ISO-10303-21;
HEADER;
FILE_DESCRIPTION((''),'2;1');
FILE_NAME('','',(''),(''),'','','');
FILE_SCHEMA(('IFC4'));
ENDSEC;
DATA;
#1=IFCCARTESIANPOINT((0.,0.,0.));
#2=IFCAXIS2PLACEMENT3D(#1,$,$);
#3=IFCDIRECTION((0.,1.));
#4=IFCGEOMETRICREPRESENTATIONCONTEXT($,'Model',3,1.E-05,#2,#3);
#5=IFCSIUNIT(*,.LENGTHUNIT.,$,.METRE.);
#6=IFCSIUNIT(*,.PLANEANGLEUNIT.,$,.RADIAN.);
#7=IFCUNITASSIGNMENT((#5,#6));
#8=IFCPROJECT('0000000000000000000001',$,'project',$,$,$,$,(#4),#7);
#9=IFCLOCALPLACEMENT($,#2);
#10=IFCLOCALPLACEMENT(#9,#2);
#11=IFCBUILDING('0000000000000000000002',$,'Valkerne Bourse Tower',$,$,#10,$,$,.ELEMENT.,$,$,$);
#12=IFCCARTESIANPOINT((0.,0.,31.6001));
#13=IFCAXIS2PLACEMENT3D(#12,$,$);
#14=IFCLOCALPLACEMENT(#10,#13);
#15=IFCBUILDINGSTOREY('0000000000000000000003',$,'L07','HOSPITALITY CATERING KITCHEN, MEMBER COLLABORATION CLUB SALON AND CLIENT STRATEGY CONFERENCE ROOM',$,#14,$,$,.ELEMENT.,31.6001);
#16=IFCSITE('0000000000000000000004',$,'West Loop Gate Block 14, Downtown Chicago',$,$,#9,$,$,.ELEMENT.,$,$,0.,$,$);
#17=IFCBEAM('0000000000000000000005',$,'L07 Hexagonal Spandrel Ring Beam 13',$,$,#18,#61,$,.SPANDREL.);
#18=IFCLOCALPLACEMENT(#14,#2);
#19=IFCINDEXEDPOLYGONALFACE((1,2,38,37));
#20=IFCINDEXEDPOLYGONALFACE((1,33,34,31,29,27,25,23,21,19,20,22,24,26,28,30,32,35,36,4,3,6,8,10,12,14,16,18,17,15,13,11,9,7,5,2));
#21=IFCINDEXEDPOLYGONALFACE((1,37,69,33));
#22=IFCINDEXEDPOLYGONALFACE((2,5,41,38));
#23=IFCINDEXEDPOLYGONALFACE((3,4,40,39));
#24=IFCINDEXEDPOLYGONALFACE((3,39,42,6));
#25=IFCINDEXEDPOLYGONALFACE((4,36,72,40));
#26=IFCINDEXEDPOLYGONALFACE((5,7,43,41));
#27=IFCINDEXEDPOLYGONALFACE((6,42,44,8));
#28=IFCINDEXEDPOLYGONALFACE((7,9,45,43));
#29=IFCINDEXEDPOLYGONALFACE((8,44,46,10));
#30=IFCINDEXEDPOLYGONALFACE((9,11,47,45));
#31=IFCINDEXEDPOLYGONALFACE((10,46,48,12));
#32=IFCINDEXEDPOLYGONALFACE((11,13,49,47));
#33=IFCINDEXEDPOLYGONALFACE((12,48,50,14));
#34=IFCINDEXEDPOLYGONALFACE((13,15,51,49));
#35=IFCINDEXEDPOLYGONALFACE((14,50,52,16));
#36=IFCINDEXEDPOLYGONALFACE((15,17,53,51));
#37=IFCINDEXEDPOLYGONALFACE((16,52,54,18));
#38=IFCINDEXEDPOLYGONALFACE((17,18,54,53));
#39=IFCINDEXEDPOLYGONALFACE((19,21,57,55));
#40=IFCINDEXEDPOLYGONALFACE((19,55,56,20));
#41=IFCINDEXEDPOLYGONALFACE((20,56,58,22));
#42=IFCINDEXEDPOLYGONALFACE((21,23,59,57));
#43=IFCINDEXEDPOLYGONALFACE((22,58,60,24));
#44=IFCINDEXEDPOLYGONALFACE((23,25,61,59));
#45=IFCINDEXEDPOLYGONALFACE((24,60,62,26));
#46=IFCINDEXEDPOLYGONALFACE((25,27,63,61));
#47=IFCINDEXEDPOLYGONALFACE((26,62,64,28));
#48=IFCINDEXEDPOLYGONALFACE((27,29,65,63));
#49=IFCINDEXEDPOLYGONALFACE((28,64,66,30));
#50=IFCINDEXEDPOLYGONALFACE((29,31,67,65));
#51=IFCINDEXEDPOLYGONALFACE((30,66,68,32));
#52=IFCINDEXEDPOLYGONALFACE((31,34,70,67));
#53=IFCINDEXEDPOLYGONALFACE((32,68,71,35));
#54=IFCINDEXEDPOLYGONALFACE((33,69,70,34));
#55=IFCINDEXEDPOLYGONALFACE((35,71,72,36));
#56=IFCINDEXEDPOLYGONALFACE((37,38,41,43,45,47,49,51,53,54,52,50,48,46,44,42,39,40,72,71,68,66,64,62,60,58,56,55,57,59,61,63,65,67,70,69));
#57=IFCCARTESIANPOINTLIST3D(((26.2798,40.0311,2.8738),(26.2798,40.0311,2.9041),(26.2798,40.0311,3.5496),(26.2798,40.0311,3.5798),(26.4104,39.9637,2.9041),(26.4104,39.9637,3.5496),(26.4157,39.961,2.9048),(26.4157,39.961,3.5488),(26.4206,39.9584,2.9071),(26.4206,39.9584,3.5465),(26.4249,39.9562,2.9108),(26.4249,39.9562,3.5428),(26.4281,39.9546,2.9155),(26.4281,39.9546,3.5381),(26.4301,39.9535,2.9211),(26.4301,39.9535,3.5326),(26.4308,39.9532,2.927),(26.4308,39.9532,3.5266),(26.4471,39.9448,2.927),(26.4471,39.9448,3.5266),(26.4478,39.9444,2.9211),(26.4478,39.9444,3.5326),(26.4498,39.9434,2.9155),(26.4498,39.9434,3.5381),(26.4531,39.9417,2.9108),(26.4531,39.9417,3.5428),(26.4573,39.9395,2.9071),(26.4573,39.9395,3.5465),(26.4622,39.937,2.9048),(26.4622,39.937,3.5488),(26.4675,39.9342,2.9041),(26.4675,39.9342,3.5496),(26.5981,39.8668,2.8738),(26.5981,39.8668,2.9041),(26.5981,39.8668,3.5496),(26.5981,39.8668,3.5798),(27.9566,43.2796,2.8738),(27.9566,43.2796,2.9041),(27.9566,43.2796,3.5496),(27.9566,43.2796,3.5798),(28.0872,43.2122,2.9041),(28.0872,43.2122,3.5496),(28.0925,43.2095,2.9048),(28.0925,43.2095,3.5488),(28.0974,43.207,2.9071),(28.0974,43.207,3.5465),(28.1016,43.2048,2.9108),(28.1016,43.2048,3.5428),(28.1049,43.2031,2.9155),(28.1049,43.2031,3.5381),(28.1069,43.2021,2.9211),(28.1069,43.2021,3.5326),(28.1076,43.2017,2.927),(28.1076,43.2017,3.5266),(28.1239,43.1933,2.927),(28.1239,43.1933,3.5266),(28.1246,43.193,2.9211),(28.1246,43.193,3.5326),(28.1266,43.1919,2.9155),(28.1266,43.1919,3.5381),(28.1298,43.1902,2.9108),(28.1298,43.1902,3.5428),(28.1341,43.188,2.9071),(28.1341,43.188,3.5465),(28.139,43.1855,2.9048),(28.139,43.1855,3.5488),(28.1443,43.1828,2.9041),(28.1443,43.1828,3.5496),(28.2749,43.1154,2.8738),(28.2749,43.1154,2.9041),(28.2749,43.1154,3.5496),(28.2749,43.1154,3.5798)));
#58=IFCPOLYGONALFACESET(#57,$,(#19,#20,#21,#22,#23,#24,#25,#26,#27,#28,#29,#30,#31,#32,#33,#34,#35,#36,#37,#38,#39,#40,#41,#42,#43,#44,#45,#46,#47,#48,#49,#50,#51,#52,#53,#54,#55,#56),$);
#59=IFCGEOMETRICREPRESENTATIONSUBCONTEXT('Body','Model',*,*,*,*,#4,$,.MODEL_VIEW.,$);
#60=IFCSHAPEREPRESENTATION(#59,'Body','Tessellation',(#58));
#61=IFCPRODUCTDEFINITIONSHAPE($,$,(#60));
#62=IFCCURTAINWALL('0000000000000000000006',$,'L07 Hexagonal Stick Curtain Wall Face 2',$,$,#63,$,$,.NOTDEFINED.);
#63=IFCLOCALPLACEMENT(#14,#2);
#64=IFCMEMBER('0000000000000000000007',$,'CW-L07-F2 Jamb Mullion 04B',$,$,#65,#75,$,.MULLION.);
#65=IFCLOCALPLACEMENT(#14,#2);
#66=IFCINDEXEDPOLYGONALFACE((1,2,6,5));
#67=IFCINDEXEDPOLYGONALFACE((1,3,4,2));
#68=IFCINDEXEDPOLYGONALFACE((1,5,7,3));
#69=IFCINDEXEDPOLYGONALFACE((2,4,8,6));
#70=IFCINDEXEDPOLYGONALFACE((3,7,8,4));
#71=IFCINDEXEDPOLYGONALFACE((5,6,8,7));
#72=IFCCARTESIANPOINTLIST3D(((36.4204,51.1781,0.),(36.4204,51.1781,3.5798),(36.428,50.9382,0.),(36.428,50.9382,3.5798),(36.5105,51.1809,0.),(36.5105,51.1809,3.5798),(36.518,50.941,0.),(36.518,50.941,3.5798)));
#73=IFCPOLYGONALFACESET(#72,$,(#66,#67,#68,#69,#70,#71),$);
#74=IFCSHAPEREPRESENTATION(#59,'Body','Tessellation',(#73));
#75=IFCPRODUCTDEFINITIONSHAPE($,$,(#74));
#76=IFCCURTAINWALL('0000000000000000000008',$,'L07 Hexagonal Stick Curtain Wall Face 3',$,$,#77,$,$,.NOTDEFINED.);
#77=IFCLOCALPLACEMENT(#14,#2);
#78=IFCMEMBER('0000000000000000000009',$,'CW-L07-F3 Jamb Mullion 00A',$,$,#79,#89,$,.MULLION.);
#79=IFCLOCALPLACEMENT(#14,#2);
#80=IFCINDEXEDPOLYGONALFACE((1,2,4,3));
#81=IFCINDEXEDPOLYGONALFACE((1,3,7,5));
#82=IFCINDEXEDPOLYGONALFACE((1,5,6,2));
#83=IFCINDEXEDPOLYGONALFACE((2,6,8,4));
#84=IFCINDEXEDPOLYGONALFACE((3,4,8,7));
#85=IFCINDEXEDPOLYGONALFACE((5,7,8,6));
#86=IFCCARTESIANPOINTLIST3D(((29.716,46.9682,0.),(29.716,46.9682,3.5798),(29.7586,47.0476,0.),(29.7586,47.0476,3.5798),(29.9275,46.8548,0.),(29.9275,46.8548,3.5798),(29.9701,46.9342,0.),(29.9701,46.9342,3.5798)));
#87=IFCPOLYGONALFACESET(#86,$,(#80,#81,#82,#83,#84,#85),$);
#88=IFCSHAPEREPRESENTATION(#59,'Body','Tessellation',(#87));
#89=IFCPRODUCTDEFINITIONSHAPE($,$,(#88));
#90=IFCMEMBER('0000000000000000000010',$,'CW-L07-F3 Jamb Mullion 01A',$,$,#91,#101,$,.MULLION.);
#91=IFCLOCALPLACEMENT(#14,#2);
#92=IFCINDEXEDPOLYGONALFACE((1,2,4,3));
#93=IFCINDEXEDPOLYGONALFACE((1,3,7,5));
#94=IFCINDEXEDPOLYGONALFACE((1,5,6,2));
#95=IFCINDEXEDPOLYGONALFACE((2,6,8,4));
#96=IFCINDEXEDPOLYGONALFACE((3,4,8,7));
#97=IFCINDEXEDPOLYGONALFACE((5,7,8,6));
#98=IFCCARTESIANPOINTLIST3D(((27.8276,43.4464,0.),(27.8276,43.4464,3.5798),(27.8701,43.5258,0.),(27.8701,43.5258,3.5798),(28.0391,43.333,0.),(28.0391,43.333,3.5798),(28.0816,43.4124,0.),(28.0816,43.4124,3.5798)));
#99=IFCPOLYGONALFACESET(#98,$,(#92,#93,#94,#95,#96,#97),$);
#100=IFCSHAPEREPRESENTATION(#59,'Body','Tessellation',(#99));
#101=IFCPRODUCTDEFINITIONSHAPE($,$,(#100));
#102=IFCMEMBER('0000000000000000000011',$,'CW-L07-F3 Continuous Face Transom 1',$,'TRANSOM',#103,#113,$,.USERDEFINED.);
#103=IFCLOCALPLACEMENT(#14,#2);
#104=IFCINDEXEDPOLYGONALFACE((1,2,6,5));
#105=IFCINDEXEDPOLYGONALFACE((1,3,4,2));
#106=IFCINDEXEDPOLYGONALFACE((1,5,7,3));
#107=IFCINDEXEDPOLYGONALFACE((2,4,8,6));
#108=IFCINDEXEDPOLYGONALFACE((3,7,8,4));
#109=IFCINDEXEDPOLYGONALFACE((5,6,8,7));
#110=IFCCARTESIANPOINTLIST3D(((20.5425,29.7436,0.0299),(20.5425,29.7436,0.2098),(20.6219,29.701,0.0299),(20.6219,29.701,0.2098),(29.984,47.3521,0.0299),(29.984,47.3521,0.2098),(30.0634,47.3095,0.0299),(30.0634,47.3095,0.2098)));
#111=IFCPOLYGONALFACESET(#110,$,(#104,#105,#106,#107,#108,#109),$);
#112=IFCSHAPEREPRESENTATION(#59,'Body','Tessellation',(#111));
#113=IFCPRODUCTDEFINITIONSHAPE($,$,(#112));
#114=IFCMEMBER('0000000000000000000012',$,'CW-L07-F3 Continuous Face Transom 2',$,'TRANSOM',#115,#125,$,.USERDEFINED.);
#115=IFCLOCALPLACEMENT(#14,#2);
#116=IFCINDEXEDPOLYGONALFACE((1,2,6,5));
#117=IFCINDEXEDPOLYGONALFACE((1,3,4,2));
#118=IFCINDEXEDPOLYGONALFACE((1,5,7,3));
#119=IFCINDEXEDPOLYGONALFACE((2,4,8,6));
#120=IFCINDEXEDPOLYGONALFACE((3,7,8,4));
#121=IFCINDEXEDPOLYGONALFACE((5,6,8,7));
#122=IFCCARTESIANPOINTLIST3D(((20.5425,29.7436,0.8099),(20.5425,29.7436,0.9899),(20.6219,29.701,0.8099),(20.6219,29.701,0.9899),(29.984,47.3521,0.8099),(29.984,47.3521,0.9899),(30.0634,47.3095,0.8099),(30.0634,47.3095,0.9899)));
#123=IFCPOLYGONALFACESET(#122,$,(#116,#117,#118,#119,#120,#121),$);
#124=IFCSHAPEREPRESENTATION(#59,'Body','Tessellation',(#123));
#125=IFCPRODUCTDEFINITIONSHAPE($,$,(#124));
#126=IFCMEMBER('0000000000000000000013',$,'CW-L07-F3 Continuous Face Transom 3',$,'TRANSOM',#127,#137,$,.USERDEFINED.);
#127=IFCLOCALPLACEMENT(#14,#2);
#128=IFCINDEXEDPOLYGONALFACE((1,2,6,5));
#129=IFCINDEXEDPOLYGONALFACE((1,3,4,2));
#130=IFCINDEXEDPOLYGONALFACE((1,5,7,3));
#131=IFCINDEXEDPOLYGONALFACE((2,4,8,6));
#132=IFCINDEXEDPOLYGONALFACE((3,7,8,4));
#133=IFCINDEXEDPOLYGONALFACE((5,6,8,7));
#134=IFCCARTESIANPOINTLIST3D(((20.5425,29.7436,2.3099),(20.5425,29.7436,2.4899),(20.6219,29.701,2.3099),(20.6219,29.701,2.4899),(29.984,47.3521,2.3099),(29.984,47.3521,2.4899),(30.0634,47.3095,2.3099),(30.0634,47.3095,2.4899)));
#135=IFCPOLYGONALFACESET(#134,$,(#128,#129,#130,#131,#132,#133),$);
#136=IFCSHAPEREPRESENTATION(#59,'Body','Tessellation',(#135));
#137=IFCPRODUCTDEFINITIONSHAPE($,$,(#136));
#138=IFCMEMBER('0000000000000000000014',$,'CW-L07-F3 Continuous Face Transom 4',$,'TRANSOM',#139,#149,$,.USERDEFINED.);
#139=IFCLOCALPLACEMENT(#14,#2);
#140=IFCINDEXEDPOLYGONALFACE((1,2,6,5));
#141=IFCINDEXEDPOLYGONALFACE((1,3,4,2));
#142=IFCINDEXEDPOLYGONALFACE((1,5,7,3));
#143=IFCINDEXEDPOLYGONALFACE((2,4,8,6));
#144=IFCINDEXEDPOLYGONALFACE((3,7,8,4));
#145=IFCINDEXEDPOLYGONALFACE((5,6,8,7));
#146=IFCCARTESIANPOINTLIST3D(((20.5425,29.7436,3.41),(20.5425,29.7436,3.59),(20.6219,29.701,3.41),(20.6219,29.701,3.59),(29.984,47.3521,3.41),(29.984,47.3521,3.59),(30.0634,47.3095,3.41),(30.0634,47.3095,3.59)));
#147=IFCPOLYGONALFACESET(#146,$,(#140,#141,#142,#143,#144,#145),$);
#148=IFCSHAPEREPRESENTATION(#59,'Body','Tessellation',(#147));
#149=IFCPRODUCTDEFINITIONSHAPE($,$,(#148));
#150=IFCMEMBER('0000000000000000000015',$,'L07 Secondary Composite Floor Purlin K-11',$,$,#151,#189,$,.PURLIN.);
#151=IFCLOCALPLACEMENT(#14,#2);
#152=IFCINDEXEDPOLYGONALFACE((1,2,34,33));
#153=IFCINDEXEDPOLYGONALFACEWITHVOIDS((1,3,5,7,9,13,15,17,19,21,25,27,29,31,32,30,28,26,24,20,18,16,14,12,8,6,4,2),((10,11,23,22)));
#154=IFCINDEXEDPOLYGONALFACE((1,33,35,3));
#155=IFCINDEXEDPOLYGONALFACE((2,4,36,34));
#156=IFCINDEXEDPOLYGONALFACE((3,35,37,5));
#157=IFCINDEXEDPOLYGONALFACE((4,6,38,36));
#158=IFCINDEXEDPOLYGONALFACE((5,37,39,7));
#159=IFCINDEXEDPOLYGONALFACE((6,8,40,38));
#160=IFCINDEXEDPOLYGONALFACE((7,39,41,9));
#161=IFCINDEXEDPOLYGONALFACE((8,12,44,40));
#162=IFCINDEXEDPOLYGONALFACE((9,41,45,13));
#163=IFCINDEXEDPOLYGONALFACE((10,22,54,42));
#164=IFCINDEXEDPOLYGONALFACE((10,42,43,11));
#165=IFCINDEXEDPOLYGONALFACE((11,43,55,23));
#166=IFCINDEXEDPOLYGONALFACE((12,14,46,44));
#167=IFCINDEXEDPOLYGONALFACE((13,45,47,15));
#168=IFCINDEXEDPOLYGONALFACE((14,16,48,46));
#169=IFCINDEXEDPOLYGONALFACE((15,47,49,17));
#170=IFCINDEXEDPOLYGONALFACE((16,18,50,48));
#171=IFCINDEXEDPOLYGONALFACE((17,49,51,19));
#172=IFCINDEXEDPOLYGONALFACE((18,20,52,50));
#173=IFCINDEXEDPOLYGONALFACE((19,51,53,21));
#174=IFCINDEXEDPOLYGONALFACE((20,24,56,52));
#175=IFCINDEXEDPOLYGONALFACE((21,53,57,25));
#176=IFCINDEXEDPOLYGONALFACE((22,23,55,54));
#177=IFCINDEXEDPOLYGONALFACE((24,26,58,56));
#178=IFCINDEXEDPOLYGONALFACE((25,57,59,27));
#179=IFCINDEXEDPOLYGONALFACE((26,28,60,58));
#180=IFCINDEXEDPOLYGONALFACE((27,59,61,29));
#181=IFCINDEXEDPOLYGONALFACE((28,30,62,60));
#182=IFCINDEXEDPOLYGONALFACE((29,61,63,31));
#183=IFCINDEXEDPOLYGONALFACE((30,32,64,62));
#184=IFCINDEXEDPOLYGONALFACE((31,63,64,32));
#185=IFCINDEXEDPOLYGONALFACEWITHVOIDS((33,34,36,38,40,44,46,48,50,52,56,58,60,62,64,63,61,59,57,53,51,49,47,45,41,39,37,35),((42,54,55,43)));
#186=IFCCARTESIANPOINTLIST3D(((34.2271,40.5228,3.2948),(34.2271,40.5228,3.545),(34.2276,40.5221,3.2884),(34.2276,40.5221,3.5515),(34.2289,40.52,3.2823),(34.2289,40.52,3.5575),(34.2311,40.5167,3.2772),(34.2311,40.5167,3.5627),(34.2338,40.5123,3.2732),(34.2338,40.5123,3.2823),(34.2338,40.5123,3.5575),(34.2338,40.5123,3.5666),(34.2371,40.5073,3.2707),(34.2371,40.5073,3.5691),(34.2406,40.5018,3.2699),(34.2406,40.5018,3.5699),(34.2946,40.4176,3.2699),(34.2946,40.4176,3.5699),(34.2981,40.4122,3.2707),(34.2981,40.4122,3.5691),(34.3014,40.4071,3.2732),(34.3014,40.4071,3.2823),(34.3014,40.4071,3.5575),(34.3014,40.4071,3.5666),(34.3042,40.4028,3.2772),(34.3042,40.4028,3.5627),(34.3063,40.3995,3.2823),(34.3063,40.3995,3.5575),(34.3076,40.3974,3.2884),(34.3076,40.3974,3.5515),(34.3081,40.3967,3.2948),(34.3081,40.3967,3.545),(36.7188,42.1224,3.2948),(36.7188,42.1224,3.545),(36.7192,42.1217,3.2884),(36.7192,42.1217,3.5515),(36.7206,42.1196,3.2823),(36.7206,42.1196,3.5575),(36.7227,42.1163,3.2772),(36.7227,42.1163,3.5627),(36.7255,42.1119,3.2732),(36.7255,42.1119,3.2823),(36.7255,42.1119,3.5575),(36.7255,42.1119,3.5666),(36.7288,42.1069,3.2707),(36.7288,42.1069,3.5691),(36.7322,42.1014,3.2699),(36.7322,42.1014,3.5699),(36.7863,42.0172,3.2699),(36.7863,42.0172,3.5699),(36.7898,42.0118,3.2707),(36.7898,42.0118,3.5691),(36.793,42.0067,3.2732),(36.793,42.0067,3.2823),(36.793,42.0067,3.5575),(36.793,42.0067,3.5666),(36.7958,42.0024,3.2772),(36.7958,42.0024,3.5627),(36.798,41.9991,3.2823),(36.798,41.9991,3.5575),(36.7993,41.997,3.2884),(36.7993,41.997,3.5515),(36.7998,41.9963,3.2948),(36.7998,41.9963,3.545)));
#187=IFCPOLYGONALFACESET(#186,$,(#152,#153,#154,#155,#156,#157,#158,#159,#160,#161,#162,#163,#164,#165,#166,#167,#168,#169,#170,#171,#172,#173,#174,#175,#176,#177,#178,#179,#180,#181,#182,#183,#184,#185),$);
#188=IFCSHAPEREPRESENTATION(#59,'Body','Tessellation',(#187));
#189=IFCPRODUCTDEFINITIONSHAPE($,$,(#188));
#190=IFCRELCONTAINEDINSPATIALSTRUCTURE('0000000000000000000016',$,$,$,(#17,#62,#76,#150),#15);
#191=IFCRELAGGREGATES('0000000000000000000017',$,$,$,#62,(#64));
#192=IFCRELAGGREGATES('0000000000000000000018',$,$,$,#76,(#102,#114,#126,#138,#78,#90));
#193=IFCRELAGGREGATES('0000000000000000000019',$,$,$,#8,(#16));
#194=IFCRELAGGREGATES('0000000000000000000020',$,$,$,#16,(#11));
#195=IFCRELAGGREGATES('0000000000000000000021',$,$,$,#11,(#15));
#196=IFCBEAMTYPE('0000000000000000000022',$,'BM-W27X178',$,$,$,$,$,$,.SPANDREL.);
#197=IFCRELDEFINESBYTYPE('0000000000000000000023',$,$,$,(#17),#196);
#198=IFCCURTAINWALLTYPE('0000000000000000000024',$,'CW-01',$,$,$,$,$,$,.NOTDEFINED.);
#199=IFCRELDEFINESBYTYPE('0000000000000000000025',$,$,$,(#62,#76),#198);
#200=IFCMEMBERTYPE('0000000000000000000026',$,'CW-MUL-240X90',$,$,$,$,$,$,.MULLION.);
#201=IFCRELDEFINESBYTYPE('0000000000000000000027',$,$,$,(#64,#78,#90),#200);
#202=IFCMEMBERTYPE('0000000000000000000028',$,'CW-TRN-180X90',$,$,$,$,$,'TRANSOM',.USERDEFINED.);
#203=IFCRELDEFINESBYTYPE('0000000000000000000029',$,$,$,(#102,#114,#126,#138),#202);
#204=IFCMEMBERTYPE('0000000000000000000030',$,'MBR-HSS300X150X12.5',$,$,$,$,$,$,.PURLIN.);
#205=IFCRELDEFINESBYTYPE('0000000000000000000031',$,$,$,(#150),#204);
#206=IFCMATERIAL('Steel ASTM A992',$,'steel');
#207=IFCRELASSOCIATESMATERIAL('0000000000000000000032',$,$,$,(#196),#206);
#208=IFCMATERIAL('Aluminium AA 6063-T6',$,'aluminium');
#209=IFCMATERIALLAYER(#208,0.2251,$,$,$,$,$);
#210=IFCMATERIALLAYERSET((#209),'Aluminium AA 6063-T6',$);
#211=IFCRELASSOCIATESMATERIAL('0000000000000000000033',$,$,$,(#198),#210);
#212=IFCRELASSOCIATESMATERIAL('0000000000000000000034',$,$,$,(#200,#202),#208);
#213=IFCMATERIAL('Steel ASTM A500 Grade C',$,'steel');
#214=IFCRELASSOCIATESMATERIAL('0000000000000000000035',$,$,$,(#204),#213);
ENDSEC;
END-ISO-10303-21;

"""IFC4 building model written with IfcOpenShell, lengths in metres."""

from ifc_helpers import new_model, si_unit, direction, frame, origin, origin_2d, place, context, subcontext, project, spatial, rectangle, hollow_rectangle, i_section, extrude, material, layer, layer_set, material_profile, profile_set, type_object, element, aggregate, save


model = new_model("IFC4")

# Units and contexts
model_context = context("Model", 3, precision=1e-05, world=origin(), true_north=direction((0.0, 1.0)))
body_context = subcontext(model_context, "Body", "Model", "MODEL_VIEW")
ifc_project = project(units=[si_unit("LENGTHUNIT", "METRE"), si_unit("PLANEANGLEUNIT", "RADIAN")], contexts=[model_context])

# Site, building, storey
site_placement = place(None, origin())
site = spatial("IfcSite", under=ifc_project, at=site_placement, Name="West Loop Gate Block 14, Downtown Chicago", CompositionType="ELEMENT", RefElevation=0.0)
building_placement = place(site_placement, origin())
building = spatial("IfcBuilding", under=site, at=building_placement, Name="Valkerne Bourse Tower", CompositionType="ELEMENT")
storey_placement = place(building_placement, frame((0.0, 0.0, 31.6001)))
storey = spatial("IfcBuildingStorey", under=building, at=storey_placement, Name="L07", Description="HOSPITALITY CATERING KITCHEN, MEMBER COLLABORATION CLUB SALON AND CLIENT STRATEGY CONFERENCE ROOM", CompositionType="ELEMENT", Elevation=31.6001)

# Beam
ifc_material_1 = material(Name="Steel ASTM A992", Category="steel")
ifc_material_profile_1 = material_profile(ifc_material_1, i_section(OverallWidth=0.3582, OverallDepth=0.7061, WebThickness=0.0183, FlangeThickness=0.0303, FilletRadius=0.0229, at=origin_2d()), Name="W27X178")
ifc_profile_set_1 = profile_set([ifc_material_profile_1], Name="Steel ASTM A992")
beam_type_1 = type_object("IfcBeamType", Name="BM-W27X178", PredefinedType="SPANDREL", material=ifc_profile_set_1)
beam_1_placement = place(storey_placement, frame((28.1157, 43.1975, 3.2268), z_axis=(-0.458663, -0.88861, 0.0), x_axis=(0.88861, -0.458663, 0.0)))
element("IfcBeam", 1, at=beam_1_placement, inside=storey, type_object=beam_type_1, Name="L07 Hexagonal Spandrel Ring Beam 13", PredefinedType="SPANDREL", context=body_context, shape_type="SweptSolid", body=[
    extrude(i_section(OverallWidth=0.3582, OverallDepth=0.7061, WebThickness=0.0183, FlangeThickness=0.0303, FilletRadius=0.0229, at=origin_2d()), origin(), (0.0, 0.0, 1.0), 3.6558),
])

# Curtain wall, member
ifc_material_2 = material(Name="Aluminium AA 6063-T6", Category="aluminium")
ifc_layer_1 = layer(ifc_material_2, 0.2251)
ifc_layer_set_1 = layer_set([ifc_layer_1], Name="Aluminium AA 6063-T6")
curtain_wall_type = type_object("IfcCurtainWallType", Name="CW-01", PredefinedType="NOTDEFINED", material=ifc_layer_set_1)
curtain_wall_1_placement = place(storey_placement, origin())
curtain_wall_1 = element("IfcCurtainWall", 2, at=curtain_wall_1_placement, inside=storey, type_object=curtain_wall_type, Name="L07 Hexagonal Stick Curtain Wall Face 2", PredefinedType="NOTDEFINED")
ifc_material_profile_2 = material_profile(ifc_material_2, rectangle(XDim=0.0901, YDim=0.24, at=origin_2d()), Name="CWM-90X240")
ifc_profile_set_2 = profile_set([ifc_material_profile_2], Name="Aluminium AA 6063-T6")
member_type_1 = type_object("IfcMemberType", Name="CW-MUL-240X90", PredefinedType="MULLION", material=ifc_profile_set_2)
member_1_placement = place(storey_placement, frame((36.4692, 51.0596, 0.0), z_axis=(0.0, 0.0, 1.0), x_axis=(-0.999507, -0.031407, 0.0)))
member_1 = element("IfcMember", 3, at=member_1_placement, type_object=member_type_1, Name="CW-L07-F2 Jamb Mullion 04B", PredefinedType="MULLION", context=body_context, shape_type="SweptSolid", body=[
    extrude(rectangle(XDim=0.0901, YDim=0.24, at=origin_2d()), origin(), (0.0, 0.0, 1.0), 3.5798),
])
aggregate(curtain_wall_1, [member_1])

# Curtain wall, members
curtain_wall_2_placement = place(storey_placement, origin())
curtain_wall_2 = element("IfcCurtainWall", 4, at=curtain_wall_2_placement, inside=storey, type_object=curtain_wall_type, Name="L07 Hexagonal Stick Curtain Wall Face 3", PredefinedType="NOTDEFINED")
member_2_placement = place(storey_placement, frame((29.843, 46.9512, 0.0), z_axis=(0.0, 0.0, 1.0), x_axis=(-0.472547, -0.881305, 0.0)))
member_2 = element("IfcMember", 5, at=member_2_placement, type_object=member_type_1, Name="CW-L07-F3 Jamb Mullion 00A", PredefinedType="MULLION", context=body_context, shape_type="SweptSolid", body=[
    extrude(rectangle(XDim=0.0901, YDim=0.24, at=origin_2d()), origin(), (0.0, 0.0, 1.0), 3.5798),
])
member_3_placement = place(storey_placement, frame((27.9546, 43.4294, 0.0), z_axis=(0.0, 0.0, 1.0), x_axis=(-0.472547, -0.881305, 0.0)))
member_3 = element("IfcMember", 6, at=member_3_placement, type_object=member_type_1, Name="CW-L07-F3 Jamb Mullion 01A", PredefinedType="MULLION", context=body_context, shape_type="SweptSolid", body=[
    extrude(rectangle(XDim=0.0901, YDim=0.24, at=origin_2d()), origin(), (0.0, 0.0, 1.0), 3.5798),
])
ifc_material_profile_3 = material_profile(ifc_material_2, rectangle(XDim=0.0901, YDim=0.1799, at=origin_2d()), Name="CWT-90X180")
ifc_profile_set_3 = profile_set([ifc_material_profile_3], Name="Aluminium AA 6063-T6")
member_type_2 = type_object("IfcMemberType", Name="CW-TRN-180X90", ElementType="TRANSOM", PredefinedType="USERDEFINED", material=ifc_profile_set_3)
member_4_placement = place(storey_placement, frame((30.0237, 47.3308, 0.1199), z_axis=(-0.472546, -0.881306, 0.0), x_axis=(0.881306, -0.472546, 0.0)))
member_4 = element("IfcMember", 7, at=member_4_placement, type_object=member_type_2, Name="CW-L07-F3 Continuous Face Transom 1", ObjectType="TRANSOM", PredefinedType="USERDEFINED", context=body_context, shape_type="SweptSolid", body=[
    extrude(rectangle(XDim=0.0901, YDim=0.1799, at=origin_2d()), origin(), (0.0, 0.0, 1.0), 19.98),
])
member_5_placement = place(storey_placement, frame((30.0237, 47.3308, 0.8999), z_axis=(-0.472546, -0.881306, 0.0), x_axis=(0.881306, -0.472546, 0.0)))
member_5 = element("IfcMember", 8, at=member_5_placement, type_object=member_type_2, Name="CW-L07-F3 Continuous Face Transom 2", ObjectType="TRANSOM", PredefinedType="USERDEFINED", context=body_context, shape_type="SweptSolid", body=[
    extrude(rectangle(XDim=0.0901, YDim=0.1799, at=origin_2d()), origin(), (0.0, 0.0, 1.0), 19.98),
])
member_6_placement = place(storey_placement, frame((30.0237, 47.3308, 2.3999), z_axis=(-0.472546, -0.881306, 0.0), x_axis=(0.881306, -0.472546, 0.0)))
member_6 = element("IfcMember", 9, at=member_6_placement, type_object=member_type_2, Name="CW-L07-F3 Continuous Face Transom 3", ObjectType="TRANSOM", PredefinedType="USERDEFINED", context=body_context, shape_type="SweptSolid", body=[
    extrude(rectangle(XDim=0.0901, YDim=0.1799, at=origin_2d()), origin(), (0.0, 0.0, 1.0), 19.98),
])
member_7_placement = place(storey_placement, frame((30.0237, 47.3308, 3.5), z_axis=(-0.472546, -0.881306, 0.0), x_axis=(0.881306, -0.472546, 0.0)))
member_7 = element("IfcMember", 10, at=member_7_placement, type_object=member_type_2, Name="CW-L07-F3 Continuous Face Transom 4", ObjectType="TRANSOM", PredefinedType="USERDEFINED", context=body_context, shape_type="SweptSolid", body=[
    extrude(rectangle(XDim=0.0901, YDim=0.1799, at=origin_2d()), origin(), (0.0, 0.0, 1.0), 19.98),
])

# Member
ifc_material_3 = material(Name="Steel ASTM A500 Grade C", Category="steel")
ifc_material_profile_4 = material_profile(ifc_material_3, hollow_rectangle(XDim=0.1499, YDim=0.3, WallThickness=0.0125, OuterFilletRadius=0.0249, at=origin_2d()), Name="HSS300X150X12.5")
ifc_profile_set_4 = profile_set([ifc_material_profile_4], Name="Steel ASTM A500 Grade C")
member_type_3 = type_object("IfcMemberType", Name="MBR-HSS300X150X12.5", PredefinedType="PURLIN", material=ifc_profile_set_4)
member_8_placement = place(storey_placement, frame((36.7593, 42.0593, 3.4199), z_axis=(-0.841516, -0.540232, 0.0), x_axis=(0.540232, -0.841516, 0.0)))
element("IfcMember", 11, at=member_8_placement, inside=storey, type_object=member_type_3, Name="L07 Secondary Composite Floor Purlin K-11", PredefinedType="PURLIN", context=body_context, shape_type="SweptSolid", body=[
    extrude(hollow_rectangle(XDim=0.1499, YDim=0.3, WallThickness=0.0125, OuterFilletRadius=0.0249, at=origin_2d()), origin(), (0.0, 0.0, 1.0), 2.9609),
])

aggregate(curtain_wall_2, [member_4, member_5, member_6, member_7, member_2, member_3])

save(model, "model.ifc")
